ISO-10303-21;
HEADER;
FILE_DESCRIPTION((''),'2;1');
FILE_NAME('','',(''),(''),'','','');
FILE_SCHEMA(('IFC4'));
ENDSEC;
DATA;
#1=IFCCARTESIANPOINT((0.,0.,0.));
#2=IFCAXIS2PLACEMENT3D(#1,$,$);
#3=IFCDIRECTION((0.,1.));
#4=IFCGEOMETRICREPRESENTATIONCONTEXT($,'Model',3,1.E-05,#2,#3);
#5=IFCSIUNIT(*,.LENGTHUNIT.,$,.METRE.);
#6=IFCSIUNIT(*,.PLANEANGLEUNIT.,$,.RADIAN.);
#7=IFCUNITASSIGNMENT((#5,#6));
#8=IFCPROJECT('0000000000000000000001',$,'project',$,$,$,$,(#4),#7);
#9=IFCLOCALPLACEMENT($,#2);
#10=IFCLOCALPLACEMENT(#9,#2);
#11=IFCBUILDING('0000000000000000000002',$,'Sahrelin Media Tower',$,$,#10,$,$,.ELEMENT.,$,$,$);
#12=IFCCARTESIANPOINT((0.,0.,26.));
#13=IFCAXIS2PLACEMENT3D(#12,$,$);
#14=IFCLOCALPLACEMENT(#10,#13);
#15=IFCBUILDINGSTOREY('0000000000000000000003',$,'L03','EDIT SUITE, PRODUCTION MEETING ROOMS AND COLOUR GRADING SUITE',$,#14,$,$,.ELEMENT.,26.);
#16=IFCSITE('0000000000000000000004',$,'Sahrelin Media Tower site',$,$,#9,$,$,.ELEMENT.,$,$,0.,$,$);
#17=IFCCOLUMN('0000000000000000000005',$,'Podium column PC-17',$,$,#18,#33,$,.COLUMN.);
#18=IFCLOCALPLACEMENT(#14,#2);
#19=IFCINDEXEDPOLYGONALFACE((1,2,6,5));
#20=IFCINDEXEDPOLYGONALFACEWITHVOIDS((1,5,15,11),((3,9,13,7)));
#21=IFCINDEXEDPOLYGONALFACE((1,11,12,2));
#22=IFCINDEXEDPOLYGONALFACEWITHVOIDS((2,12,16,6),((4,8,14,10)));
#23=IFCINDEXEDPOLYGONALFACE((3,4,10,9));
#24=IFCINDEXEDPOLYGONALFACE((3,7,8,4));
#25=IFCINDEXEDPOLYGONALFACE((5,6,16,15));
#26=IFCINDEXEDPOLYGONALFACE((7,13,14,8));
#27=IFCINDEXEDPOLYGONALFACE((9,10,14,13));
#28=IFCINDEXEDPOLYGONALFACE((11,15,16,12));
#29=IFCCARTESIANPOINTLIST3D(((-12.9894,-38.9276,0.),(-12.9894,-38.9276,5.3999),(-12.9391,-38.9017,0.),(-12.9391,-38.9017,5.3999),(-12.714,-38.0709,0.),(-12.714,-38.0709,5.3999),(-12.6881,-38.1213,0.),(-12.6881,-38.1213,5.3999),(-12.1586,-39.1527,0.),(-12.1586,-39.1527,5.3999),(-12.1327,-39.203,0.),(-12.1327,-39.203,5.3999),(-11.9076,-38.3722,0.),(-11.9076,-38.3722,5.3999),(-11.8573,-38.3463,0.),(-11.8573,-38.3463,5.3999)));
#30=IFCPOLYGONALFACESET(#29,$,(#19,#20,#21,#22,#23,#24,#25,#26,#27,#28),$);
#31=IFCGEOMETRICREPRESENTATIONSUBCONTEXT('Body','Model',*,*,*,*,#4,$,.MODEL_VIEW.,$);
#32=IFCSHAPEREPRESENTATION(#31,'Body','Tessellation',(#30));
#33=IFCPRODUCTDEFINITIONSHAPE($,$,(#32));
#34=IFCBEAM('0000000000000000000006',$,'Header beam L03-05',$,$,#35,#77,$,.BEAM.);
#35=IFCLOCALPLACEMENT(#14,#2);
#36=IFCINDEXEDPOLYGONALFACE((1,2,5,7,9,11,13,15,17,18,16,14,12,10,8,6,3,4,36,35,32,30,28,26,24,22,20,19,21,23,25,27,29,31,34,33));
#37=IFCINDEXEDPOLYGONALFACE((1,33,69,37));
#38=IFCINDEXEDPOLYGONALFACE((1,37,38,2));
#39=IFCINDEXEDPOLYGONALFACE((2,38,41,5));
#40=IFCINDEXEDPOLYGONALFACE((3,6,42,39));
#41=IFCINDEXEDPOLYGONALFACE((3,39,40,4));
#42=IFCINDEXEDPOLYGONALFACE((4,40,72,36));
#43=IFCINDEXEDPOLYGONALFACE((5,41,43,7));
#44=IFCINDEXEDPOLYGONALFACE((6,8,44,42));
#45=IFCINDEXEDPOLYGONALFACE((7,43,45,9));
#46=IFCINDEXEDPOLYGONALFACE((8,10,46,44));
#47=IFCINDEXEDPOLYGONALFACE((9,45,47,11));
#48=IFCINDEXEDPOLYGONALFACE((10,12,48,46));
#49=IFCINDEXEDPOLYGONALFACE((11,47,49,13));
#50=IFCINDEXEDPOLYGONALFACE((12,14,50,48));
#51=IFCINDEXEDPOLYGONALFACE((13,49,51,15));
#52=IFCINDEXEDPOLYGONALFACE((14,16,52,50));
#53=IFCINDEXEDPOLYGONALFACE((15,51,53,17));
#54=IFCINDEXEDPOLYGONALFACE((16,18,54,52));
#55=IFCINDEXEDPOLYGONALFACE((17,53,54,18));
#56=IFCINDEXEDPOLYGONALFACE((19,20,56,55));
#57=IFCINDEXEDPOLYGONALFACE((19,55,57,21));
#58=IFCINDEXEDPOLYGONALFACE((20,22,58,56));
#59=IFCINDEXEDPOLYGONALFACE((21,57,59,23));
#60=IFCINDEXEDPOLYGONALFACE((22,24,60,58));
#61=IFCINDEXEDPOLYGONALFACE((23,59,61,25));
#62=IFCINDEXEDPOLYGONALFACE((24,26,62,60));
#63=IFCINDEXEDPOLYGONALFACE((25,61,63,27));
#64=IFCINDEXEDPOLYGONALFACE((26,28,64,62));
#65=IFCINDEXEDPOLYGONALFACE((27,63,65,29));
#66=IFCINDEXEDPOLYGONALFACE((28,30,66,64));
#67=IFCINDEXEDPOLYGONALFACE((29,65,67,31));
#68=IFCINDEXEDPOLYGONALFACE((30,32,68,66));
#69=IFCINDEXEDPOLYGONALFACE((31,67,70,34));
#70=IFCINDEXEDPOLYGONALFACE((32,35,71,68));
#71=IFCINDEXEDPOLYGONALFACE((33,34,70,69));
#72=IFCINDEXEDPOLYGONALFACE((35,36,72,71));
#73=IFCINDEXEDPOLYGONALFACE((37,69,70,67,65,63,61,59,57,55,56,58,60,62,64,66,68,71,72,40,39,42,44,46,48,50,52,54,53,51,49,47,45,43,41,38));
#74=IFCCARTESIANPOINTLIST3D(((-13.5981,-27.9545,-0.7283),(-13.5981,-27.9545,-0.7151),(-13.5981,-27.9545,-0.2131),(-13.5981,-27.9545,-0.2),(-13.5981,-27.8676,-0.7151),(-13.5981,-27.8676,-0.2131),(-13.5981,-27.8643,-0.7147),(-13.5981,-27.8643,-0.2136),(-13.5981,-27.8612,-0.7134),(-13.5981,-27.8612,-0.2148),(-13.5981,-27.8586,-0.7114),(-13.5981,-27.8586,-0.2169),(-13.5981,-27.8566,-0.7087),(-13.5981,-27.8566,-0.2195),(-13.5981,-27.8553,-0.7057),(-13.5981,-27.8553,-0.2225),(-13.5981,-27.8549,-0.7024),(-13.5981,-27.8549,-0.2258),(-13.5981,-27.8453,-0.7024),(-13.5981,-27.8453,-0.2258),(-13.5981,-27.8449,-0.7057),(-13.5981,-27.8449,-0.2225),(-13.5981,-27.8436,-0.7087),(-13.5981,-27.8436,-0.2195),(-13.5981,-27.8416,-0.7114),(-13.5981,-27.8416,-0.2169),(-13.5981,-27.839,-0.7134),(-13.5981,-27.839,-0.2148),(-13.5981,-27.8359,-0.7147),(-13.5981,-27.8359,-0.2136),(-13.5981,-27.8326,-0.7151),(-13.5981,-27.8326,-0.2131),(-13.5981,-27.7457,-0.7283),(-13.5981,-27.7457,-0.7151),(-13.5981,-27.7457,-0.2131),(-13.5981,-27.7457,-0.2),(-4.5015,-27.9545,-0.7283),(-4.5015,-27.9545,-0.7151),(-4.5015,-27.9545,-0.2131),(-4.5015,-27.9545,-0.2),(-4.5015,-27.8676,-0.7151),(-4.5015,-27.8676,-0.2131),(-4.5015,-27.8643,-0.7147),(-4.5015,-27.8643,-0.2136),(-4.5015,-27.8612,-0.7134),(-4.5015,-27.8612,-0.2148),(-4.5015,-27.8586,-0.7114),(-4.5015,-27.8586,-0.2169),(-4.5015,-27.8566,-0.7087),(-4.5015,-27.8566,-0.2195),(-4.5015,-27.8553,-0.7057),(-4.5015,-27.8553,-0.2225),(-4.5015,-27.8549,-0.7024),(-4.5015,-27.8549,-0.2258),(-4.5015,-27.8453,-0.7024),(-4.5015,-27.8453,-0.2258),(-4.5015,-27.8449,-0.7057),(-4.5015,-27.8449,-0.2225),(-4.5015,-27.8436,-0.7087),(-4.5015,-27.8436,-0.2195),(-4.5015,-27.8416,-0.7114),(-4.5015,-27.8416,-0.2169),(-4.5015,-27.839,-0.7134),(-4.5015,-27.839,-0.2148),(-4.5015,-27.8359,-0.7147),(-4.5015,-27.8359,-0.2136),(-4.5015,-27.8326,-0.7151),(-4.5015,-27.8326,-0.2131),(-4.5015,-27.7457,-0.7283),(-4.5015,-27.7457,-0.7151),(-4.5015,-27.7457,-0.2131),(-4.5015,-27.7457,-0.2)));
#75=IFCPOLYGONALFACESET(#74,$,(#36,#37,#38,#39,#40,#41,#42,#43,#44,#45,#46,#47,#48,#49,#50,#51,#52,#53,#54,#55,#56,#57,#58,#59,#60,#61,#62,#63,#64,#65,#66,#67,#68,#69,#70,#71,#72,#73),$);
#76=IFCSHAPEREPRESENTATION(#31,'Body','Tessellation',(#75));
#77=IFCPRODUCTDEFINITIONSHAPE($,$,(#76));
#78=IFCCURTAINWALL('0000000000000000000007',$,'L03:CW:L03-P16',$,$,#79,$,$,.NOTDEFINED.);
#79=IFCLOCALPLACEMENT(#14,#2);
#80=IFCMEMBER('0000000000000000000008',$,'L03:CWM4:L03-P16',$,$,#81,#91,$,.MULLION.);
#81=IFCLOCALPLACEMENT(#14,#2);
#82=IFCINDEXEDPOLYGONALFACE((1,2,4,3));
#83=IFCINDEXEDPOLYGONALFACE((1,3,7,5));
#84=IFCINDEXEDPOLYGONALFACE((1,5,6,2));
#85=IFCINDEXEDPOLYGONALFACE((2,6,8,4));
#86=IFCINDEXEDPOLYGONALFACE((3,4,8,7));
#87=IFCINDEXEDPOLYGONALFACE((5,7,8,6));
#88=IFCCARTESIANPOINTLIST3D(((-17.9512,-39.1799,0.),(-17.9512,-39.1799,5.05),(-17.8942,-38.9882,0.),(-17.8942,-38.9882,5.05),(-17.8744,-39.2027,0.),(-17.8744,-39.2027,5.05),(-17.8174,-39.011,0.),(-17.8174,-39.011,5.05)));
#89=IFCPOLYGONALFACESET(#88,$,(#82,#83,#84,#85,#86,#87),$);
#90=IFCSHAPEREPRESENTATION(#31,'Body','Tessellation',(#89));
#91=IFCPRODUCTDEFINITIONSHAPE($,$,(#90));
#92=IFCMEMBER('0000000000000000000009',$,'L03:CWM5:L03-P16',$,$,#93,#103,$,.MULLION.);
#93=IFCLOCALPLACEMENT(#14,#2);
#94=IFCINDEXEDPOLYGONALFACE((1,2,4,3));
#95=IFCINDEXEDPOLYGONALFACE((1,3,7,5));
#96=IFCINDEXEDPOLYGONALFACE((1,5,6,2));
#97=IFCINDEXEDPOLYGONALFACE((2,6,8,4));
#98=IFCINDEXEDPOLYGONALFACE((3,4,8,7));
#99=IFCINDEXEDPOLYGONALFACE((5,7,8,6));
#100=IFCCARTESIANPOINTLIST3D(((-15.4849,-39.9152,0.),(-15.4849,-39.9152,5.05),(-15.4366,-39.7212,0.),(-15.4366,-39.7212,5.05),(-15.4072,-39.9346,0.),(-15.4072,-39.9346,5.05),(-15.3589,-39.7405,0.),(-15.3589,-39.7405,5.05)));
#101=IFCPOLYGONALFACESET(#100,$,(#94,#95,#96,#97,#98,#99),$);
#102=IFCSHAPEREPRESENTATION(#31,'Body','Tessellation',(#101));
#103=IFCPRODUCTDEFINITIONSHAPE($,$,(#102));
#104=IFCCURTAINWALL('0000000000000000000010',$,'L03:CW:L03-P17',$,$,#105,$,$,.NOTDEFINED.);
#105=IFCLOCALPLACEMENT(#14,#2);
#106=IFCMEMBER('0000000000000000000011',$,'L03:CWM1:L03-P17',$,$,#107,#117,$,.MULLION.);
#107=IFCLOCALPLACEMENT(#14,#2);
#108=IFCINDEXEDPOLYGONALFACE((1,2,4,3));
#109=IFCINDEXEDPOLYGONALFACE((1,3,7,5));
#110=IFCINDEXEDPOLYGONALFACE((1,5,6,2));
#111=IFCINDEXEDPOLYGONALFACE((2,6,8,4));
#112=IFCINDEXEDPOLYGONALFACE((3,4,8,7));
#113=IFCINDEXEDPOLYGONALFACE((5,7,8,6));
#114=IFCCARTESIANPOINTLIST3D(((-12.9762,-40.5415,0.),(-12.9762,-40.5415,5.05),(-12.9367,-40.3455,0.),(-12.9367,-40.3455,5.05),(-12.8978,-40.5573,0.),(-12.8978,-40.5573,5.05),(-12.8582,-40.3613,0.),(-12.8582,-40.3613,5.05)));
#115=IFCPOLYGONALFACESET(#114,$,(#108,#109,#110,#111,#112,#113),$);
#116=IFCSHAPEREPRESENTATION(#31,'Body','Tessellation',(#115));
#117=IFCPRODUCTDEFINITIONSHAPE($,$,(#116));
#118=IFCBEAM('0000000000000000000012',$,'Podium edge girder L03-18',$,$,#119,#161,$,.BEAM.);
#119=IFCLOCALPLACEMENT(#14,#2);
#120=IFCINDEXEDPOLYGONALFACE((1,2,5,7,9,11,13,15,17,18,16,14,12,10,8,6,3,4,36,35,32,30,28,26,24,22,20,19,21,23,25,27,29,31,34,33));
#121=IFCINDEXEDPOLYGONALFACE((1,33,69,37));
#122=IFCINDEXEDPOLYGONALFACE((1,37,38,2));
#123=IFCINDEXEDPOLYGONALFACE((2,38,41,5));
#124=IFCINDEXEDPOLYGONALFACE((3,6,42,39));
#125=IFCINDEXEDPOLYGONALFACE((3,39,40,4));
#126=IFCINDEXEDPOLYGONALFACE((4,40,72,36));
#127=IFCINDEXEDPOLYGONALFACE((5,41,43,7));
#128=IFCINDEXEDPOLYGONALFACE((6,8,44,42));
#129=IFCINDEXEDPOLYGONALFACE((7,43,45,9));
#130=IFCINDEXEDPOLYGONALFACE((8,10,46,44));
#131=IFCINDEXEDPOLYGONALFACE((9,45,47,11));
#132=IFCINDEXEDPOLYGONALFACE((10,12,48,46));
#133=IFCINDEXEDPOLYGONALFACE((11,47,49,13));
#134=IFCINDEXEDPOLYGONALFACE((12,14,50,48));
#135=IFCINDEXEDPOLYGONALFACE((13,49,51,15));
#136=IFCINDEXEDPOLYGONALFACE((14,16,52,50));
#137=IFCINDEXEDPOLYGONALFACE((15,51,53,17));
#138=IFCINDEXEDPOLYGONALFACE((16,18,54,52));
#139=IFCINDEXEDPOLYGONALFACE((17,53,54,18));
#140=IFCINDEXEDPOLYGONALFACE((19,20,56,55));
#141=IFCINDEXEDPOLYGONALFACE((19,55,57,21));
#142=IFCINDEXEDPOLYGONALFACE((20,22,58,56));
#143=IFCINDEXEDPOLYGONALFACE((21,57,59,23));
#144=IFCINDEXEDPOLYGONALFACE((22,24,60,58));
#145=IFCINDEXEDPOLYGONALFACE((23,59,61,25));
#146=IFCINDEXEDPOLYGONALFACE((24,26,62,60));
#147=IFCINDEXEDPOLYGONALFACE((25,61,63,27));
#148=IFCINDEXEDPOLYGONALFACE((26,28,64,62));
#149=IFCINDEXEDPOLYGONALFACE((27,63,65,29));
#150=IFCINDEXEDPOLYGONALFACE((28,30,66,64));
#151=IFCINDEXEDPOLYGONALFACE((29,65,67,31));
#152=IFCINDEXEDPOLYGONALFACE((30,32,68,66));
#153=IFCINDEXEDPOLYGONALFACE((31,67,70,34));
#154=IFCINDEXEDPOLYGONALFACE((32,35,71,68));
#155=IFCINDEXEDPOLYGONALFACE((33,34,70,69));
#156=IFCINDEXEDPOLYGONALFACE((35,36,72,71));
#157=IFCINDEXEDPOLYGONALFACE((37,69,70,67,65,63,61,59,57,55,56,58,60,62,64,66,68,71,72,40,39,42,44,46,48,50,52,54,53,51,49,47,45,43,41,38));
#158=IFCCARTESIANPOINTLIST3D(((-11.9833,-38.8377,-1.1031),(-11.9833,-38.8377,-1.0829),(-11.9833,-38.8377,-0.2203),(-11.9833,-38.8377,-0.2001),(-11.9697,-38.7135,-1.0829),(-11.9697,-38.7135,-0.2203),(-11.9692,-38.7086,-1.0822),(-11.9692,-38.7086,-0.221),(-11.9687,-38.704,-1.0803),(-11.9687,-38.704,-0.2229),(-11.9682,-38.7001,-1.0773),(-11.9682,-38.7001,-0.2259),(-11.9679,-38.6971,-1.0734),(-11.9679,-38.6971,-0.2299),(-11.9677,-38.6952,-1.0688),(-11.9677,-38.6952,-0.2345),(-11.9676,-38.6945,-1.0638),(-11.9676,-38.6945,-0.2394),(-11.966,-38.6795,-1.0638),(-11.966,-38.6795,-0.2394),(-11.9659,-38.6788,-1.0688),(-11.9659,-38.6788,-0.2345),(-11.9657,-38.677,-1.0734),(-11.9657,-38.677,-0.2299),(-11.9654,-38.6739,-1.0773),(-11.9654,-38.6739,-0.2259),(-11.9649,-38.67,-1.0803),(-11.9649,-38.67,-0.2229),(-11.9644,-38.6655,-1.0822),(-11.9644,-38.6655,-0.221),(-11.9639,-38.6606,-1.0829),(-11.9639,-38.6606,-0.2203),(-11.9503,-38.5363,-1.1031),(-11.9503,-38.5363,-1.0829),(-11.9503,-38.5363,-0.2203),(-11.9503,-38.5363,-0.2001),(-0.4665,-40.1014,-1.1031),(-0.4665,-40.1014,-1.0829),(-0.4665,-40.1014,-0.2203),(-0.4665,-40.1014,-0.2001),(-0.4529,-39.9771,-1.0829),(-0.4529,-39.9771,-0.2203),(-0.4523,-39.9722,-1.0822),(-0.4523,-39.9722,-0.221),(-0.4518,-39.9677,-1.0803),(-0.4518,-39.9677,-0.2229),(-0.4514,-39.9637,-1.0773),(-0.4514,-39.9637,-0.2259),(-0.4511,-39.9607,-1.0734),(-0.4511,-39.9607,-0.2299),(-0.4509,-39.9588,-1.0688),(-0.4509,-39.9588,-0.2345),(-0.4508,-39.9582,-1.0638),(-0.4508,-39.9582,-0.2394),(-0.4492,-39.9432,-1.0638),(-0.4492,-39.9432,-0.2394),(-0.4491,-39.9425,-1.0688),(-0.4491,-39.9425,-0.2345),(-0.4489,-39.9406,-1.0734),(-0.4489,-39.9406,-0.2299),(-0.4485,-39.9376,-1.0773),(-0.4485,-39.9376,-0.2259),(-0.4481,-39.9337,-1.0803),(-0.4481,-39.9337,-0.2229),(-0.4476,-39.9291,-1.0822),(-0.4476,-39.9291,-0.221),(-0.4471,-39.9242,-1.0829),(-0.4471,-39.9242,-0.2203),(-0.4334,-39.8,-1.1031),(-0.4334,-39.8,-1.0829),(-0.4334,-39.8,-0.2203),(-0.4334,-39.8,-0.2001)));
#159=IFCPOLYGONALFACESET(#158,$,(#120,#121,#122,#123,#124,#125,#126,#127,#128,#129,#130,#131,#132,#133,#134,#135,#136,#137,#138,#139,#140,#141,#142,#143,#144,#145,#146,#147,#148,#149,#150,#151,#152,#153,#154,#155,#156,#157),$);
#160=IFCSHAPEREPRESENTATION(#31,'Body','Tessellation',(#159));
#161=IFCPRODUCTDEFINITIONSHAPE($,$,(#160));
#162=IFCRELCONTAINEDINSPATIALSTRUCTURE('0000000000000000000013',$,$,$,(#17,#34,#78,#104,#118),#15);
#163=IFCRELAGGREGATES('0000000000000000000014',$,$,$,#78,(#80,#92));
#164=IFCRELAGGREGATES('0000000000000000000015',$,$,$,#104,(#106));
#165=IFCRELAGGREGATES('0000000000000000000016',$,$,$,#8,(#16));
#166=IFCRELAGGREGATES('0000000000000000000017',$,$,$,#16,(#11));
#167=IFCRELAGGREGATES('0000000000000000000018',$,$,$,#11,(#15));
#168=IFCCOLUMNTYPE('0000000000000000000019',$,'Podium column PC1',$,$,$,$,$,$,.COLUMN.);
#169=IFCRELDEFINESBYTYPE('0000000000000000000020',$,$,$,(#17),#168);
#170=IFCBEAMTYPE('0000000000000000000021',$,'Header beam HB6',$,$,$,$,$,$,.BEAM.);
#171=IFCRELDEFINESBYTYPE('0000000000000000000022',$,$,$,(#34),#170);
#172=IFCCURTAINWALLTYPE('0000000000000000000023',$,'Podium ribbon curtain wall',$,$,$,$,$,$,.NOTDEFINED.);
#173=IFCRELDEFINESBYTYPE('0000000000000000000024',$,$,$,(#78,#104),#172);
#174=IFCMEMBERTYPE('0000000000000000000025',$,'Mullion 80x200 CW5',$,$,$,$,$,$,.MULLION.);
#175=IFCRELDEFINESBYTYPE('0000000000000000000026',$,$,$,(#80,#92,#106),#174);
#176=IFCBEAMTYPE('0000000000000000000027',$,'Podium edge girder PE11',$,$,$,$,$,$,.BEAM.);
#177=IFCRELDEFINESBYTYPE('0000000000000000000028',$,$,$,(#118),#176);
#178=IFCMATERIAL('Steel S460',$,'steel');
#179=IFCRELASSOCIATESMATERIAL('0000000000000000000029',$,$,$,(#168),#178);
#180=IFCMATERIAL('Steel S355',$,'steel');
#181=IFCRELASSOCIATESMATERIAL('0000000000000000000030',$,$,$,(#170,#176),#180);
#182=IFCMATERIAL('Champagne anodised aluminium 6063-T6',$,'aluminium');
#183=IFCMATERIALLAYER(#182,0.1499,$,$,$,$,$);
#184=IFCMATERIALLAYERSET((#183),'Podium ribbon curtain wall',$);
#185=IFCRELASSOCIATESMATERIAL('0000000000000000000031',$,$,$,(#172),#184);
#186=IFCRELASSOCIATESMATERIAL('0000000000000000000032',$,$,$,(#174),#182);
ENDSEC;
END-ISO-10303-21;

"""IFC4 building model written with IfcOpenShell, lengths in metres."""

from ifc_helpers import new_model, si_unit, direction, frame, origin, origin_2d, place, context, subcontext, project, spatial, rectangle, hollow_rectangle, i_section, extrude, material, layer, layer_set, material_profile, profile_set, type_object, element, aggregate, save


model = new_model("IFC4")

# Units and contexts
model_context = context("Model", 3, precision=1e-05, world=origin(), true_north=direction((0.0, 1.0)))
body_context = subcontext(model_context, "Body", "Model", "MODEL_VIEW")
ifc_project = project(units=[si_unit("LENGTHUNIT", "METRE"), si_unit("PLANEANGLEUNIT", "RADIAN")], contexts=[model_context])

# Site, building, storey
site_placement = place(None, origin())
site = spatial("IfcSite", under=ifc_project, at=site_placement, Name="Sahrelin Media Tower site", CompositionType="ELEMENT", RefElevation=0.0)
building_placement = place(site_placement, origin())
building = spatial("IfcBuilding", under=site, at=building_placement, Name="Sahrelin Media Tower", CompositionType="ELEMENT")
storey_placement = place(building_placement, frame((0.0, 0.0, 26.0)))
storey = spatial("IfcBuildingStorey", under=building, at=storey_placement, Name="L03", Description="EDIT SUITE, PRODUCTION MEETING ROOMS AND COLOUR GRADING SUITE", CompositionType="ELEMENT", Elevation=26.0)

# Column
ifc_material_1 = material(Name="Steel S460", Category="steel")
ifc_material_profile_1 = material_profile(ifc_material_1, hollow_rectangle(XDim=0.8999, YDim=0.8999, WallThickness=0.04, at=origin_2d()), Name="Podium column PC1")
ifc_profile_set_1 = profile_set([ifc_material_profile_1], Name="Steel S460")
column_type = type_object("IfcColumnType", Name="Podium column PC1", PredefinedType="COLUMN", material=ifc_profile_set_1)
column_placement = place(storey_placement, frame((-12.4233, -38.637, 0.0), z_axis=(0.0, 0.0, 1.0), x_axis=(-0.306104, -0.951998, 0.0)))
element("IfcColumn", 1, at=column_placement, inside=storey, type_object=column_type, Name="Podium column PC-17", PredefinedType="COLUMN", context=body_context, shape_type="SweptSolid", body=[
    extrude(hollow_rectangle(XDim=0.8999, YDim=0.8999, WallThickness=0.04, at=origin_2d()), origin(), (0.0, 0.0, 1.0), 5.3999),
])

# Beam
ifc_material_2 = material(Name="Steel S355", Category="steel")
ifc_material_profile_2 = material_profile(ifc_material_2, i_section(OverallWidth=0.2087, OverallDepth=0.5283, WebThickness=0.0095, FlangeThickness=0.0132, FilletRadius=0.0127, at=origin_2d()), Name="UB 533x210x82")
ifc_profile_set_2 = profile_set([ifc_material_profile_2], Name="Steel S355")
beam_type_1 = type_object("IfcBeamType", Name="Header beam HB6", PredefinedType="BEAM", material=ifc_profile_set_2)
beam_1_placement = place(storey_placement, frame((-13.5981, -27.8501, -0.4641), z_axis=(1.0, 0.0, 0.0), x_axis=(0.0, 1.0, 0.0)))
element("IfcBeam", 2, at=beam_1_placement, inside=storey, type_object=beam_type_1, Name="Header beam L03-05", PredefinedType="BEAM", context=body_context, shape_type="SweptSolid", body=[
    extrude(i_section(OverallWidth=0.2087, OverallDepth=0.5283, WebThickness=0.0095, FlangeThickness=0.0132, FilletRadius=0.0127, at=origin_2d()), origin(), (0.0, 0.0, 1.0), 9.0967),
])

# Curtain wall, members
ifc_material_3 = material(Name="Champagne anodised aluminium 6063-T6", Category="aluminium")
ifc_layer_1 = layer(ifc_material_3, 0.1499)
ifc_layer_set_1 = layer_set([ifc_layer_1], Name="Podium ribbon curtain wall")
curtain_wall_type = type_object("IfcCurtainWallType", Name="Podium ribbon curtain wall", PredefinedType="NOTDEFINED", material=ifc_layer_set_1)
curtain_wall_1_placement = place(storey_placement, frame((-25.0, -36.373, 0.0), z_axis=(0.0, 0.0, 1.0), x_axis=(1.0, 0.0, 0.0)))
curtain_wall_1 = element("IfcCurtainWall", 3, at=curtain_wall_1_placement, inside=storey, type_object=curtain_wall_type, Name="L03:CW:L03-P16", PredefinedType="NOTDEFINED")
ifc_material_profile_3 = material_profile(ifc_material_3, rectangle(XDim=0.0801, YDim=0.2, at=origin_2d()), Name="Mullion 80x200")
ifc_profile_set_3 = profile_set([ifc_material_profile_3], Name="Champagne anodised aluminium 6063-T6")
member_type_1 = type_object("IfcMemberType", Name="Mullion 80x200 CW5", PredefinedType="MULLION", material=ifc_profile_set_3)
member_1_placement = place(storey_placement, frame((-17.8843, -39.0955, 0.0), z_axis=(0.0, 0.0, 1.0), x_axis=(0.958495, -0.28511, 0.0)))
member_1 = element("IfcMember", 4, at=member_1_placement, type_object=member_type_1, Name="L03:CWM4:L03-P16", PredefinedType="MULLION", context=body_context, shape_type="SweptSolid", body=[
    extrude(rectangle(XDim=0.0801, YDim=0.2, at=origin_2d()), origin(), (0.0, 0.0, 1.0), 5.05),
])
member_2_placement = place(storey_placement, frame((-15.4219, -39.8279, 0.0), z_axis=(0.0, 0.0, 1.0), x_axis=(0.97041, -0.241461, 0.0)))
member_2 = element("IfcMember", 5, at=member_2_placement, type_object=member_type_1, Name="L03:CWM5:L03-P16", PredefinedType="MULLION", context=body_context, shape_type="SweptSolid", body=[
    extrude(rectangle(XDim=0.0801, YDim=0.2, at=origin_2d()), origin(), (0.0, 0.0, 1.0), 5.05),
])

# Curtain wall, member
curtain_wall_2_placement = place(storey_placement, frame((-12.9409, -40.5688, 0.0), z_axis=(0.0, 0.0, 1.0), x_axis=(1.0, 0.0, 0.0)))
curtain_wall_2 = element("IfcCurtainWall", 6, at=curtain_wall_2_placement, inside=storey, type_object=curtain_wall_type, Name="L03:CW:L03-P17", PredefinedType="NOTDEFINED")
member_3_placement = place(storey_placement, frame((-12.9172, -40.4514, 0.0), z_axis=(0.0, 0.0, 1.0), x_axis=(0.980267, -0.197678, 0.0)))
member_3 = element("IfcMember", 7, at=member_3_placement, type_object=member_type_1, Name="L03:CWM1:L03-P17", PredefinedType="MULLION", context=body_context, shape_type="SweptSolid", body=[
    extrude(rectangle(XDim=0.0801, YDim=0.2, at=origin_2d()), origin(), (0.0, 0.0, 1.0), 5.05),
])

# Beam
ifc_material_profile_4 = material_profile(ifc_material_2, i_section(OverallWidth=0.3032, OverallDepth=0.9031, WebThickness=0.0151, FlangeThickness=0.0203, FilletRadius=0.019, at=origin_2d()), Name="UB 914x305x201")
ifc_profile_set_4 = profile_set([ifc_material_profile_4], Name="Steel S355")
beam_type_2 = type_object("IfcBeamType", Name="Podium edge girder PE11", PredefinedType="BEAM", material=ifc_profile_set_4)
beam_2_placement = place(storey_placement, frame((-11.9668, -38.687, -0.6516), z_axis=(0.994034, -0.109069, 0.0), x_axis=(0.109069, 0.994034, 0.0)))
element("IfcBeam", 8, at=beam_2_placement, inside=storey, type_object=beam_type_2, Name="Podium edge girder L03-18", PredefinedType="BEAM", context=body_context, shape_type="SweptSolid", body=[
    extrude(i_section(OverallWidth=0.3032, OverallDepth=0.9031, WebThickness=0.0151, FlangeThickness=0.0203, FilletRadius=0.019, at=origin_2d()), origin(), (0.0, 0.0, 1.0), 11.5859),
])

aggregate(curtain_wall_1, [member_1, member_2])
aggregate(curtain_wall_2, [member_3])

save(model, "model.ifc")
